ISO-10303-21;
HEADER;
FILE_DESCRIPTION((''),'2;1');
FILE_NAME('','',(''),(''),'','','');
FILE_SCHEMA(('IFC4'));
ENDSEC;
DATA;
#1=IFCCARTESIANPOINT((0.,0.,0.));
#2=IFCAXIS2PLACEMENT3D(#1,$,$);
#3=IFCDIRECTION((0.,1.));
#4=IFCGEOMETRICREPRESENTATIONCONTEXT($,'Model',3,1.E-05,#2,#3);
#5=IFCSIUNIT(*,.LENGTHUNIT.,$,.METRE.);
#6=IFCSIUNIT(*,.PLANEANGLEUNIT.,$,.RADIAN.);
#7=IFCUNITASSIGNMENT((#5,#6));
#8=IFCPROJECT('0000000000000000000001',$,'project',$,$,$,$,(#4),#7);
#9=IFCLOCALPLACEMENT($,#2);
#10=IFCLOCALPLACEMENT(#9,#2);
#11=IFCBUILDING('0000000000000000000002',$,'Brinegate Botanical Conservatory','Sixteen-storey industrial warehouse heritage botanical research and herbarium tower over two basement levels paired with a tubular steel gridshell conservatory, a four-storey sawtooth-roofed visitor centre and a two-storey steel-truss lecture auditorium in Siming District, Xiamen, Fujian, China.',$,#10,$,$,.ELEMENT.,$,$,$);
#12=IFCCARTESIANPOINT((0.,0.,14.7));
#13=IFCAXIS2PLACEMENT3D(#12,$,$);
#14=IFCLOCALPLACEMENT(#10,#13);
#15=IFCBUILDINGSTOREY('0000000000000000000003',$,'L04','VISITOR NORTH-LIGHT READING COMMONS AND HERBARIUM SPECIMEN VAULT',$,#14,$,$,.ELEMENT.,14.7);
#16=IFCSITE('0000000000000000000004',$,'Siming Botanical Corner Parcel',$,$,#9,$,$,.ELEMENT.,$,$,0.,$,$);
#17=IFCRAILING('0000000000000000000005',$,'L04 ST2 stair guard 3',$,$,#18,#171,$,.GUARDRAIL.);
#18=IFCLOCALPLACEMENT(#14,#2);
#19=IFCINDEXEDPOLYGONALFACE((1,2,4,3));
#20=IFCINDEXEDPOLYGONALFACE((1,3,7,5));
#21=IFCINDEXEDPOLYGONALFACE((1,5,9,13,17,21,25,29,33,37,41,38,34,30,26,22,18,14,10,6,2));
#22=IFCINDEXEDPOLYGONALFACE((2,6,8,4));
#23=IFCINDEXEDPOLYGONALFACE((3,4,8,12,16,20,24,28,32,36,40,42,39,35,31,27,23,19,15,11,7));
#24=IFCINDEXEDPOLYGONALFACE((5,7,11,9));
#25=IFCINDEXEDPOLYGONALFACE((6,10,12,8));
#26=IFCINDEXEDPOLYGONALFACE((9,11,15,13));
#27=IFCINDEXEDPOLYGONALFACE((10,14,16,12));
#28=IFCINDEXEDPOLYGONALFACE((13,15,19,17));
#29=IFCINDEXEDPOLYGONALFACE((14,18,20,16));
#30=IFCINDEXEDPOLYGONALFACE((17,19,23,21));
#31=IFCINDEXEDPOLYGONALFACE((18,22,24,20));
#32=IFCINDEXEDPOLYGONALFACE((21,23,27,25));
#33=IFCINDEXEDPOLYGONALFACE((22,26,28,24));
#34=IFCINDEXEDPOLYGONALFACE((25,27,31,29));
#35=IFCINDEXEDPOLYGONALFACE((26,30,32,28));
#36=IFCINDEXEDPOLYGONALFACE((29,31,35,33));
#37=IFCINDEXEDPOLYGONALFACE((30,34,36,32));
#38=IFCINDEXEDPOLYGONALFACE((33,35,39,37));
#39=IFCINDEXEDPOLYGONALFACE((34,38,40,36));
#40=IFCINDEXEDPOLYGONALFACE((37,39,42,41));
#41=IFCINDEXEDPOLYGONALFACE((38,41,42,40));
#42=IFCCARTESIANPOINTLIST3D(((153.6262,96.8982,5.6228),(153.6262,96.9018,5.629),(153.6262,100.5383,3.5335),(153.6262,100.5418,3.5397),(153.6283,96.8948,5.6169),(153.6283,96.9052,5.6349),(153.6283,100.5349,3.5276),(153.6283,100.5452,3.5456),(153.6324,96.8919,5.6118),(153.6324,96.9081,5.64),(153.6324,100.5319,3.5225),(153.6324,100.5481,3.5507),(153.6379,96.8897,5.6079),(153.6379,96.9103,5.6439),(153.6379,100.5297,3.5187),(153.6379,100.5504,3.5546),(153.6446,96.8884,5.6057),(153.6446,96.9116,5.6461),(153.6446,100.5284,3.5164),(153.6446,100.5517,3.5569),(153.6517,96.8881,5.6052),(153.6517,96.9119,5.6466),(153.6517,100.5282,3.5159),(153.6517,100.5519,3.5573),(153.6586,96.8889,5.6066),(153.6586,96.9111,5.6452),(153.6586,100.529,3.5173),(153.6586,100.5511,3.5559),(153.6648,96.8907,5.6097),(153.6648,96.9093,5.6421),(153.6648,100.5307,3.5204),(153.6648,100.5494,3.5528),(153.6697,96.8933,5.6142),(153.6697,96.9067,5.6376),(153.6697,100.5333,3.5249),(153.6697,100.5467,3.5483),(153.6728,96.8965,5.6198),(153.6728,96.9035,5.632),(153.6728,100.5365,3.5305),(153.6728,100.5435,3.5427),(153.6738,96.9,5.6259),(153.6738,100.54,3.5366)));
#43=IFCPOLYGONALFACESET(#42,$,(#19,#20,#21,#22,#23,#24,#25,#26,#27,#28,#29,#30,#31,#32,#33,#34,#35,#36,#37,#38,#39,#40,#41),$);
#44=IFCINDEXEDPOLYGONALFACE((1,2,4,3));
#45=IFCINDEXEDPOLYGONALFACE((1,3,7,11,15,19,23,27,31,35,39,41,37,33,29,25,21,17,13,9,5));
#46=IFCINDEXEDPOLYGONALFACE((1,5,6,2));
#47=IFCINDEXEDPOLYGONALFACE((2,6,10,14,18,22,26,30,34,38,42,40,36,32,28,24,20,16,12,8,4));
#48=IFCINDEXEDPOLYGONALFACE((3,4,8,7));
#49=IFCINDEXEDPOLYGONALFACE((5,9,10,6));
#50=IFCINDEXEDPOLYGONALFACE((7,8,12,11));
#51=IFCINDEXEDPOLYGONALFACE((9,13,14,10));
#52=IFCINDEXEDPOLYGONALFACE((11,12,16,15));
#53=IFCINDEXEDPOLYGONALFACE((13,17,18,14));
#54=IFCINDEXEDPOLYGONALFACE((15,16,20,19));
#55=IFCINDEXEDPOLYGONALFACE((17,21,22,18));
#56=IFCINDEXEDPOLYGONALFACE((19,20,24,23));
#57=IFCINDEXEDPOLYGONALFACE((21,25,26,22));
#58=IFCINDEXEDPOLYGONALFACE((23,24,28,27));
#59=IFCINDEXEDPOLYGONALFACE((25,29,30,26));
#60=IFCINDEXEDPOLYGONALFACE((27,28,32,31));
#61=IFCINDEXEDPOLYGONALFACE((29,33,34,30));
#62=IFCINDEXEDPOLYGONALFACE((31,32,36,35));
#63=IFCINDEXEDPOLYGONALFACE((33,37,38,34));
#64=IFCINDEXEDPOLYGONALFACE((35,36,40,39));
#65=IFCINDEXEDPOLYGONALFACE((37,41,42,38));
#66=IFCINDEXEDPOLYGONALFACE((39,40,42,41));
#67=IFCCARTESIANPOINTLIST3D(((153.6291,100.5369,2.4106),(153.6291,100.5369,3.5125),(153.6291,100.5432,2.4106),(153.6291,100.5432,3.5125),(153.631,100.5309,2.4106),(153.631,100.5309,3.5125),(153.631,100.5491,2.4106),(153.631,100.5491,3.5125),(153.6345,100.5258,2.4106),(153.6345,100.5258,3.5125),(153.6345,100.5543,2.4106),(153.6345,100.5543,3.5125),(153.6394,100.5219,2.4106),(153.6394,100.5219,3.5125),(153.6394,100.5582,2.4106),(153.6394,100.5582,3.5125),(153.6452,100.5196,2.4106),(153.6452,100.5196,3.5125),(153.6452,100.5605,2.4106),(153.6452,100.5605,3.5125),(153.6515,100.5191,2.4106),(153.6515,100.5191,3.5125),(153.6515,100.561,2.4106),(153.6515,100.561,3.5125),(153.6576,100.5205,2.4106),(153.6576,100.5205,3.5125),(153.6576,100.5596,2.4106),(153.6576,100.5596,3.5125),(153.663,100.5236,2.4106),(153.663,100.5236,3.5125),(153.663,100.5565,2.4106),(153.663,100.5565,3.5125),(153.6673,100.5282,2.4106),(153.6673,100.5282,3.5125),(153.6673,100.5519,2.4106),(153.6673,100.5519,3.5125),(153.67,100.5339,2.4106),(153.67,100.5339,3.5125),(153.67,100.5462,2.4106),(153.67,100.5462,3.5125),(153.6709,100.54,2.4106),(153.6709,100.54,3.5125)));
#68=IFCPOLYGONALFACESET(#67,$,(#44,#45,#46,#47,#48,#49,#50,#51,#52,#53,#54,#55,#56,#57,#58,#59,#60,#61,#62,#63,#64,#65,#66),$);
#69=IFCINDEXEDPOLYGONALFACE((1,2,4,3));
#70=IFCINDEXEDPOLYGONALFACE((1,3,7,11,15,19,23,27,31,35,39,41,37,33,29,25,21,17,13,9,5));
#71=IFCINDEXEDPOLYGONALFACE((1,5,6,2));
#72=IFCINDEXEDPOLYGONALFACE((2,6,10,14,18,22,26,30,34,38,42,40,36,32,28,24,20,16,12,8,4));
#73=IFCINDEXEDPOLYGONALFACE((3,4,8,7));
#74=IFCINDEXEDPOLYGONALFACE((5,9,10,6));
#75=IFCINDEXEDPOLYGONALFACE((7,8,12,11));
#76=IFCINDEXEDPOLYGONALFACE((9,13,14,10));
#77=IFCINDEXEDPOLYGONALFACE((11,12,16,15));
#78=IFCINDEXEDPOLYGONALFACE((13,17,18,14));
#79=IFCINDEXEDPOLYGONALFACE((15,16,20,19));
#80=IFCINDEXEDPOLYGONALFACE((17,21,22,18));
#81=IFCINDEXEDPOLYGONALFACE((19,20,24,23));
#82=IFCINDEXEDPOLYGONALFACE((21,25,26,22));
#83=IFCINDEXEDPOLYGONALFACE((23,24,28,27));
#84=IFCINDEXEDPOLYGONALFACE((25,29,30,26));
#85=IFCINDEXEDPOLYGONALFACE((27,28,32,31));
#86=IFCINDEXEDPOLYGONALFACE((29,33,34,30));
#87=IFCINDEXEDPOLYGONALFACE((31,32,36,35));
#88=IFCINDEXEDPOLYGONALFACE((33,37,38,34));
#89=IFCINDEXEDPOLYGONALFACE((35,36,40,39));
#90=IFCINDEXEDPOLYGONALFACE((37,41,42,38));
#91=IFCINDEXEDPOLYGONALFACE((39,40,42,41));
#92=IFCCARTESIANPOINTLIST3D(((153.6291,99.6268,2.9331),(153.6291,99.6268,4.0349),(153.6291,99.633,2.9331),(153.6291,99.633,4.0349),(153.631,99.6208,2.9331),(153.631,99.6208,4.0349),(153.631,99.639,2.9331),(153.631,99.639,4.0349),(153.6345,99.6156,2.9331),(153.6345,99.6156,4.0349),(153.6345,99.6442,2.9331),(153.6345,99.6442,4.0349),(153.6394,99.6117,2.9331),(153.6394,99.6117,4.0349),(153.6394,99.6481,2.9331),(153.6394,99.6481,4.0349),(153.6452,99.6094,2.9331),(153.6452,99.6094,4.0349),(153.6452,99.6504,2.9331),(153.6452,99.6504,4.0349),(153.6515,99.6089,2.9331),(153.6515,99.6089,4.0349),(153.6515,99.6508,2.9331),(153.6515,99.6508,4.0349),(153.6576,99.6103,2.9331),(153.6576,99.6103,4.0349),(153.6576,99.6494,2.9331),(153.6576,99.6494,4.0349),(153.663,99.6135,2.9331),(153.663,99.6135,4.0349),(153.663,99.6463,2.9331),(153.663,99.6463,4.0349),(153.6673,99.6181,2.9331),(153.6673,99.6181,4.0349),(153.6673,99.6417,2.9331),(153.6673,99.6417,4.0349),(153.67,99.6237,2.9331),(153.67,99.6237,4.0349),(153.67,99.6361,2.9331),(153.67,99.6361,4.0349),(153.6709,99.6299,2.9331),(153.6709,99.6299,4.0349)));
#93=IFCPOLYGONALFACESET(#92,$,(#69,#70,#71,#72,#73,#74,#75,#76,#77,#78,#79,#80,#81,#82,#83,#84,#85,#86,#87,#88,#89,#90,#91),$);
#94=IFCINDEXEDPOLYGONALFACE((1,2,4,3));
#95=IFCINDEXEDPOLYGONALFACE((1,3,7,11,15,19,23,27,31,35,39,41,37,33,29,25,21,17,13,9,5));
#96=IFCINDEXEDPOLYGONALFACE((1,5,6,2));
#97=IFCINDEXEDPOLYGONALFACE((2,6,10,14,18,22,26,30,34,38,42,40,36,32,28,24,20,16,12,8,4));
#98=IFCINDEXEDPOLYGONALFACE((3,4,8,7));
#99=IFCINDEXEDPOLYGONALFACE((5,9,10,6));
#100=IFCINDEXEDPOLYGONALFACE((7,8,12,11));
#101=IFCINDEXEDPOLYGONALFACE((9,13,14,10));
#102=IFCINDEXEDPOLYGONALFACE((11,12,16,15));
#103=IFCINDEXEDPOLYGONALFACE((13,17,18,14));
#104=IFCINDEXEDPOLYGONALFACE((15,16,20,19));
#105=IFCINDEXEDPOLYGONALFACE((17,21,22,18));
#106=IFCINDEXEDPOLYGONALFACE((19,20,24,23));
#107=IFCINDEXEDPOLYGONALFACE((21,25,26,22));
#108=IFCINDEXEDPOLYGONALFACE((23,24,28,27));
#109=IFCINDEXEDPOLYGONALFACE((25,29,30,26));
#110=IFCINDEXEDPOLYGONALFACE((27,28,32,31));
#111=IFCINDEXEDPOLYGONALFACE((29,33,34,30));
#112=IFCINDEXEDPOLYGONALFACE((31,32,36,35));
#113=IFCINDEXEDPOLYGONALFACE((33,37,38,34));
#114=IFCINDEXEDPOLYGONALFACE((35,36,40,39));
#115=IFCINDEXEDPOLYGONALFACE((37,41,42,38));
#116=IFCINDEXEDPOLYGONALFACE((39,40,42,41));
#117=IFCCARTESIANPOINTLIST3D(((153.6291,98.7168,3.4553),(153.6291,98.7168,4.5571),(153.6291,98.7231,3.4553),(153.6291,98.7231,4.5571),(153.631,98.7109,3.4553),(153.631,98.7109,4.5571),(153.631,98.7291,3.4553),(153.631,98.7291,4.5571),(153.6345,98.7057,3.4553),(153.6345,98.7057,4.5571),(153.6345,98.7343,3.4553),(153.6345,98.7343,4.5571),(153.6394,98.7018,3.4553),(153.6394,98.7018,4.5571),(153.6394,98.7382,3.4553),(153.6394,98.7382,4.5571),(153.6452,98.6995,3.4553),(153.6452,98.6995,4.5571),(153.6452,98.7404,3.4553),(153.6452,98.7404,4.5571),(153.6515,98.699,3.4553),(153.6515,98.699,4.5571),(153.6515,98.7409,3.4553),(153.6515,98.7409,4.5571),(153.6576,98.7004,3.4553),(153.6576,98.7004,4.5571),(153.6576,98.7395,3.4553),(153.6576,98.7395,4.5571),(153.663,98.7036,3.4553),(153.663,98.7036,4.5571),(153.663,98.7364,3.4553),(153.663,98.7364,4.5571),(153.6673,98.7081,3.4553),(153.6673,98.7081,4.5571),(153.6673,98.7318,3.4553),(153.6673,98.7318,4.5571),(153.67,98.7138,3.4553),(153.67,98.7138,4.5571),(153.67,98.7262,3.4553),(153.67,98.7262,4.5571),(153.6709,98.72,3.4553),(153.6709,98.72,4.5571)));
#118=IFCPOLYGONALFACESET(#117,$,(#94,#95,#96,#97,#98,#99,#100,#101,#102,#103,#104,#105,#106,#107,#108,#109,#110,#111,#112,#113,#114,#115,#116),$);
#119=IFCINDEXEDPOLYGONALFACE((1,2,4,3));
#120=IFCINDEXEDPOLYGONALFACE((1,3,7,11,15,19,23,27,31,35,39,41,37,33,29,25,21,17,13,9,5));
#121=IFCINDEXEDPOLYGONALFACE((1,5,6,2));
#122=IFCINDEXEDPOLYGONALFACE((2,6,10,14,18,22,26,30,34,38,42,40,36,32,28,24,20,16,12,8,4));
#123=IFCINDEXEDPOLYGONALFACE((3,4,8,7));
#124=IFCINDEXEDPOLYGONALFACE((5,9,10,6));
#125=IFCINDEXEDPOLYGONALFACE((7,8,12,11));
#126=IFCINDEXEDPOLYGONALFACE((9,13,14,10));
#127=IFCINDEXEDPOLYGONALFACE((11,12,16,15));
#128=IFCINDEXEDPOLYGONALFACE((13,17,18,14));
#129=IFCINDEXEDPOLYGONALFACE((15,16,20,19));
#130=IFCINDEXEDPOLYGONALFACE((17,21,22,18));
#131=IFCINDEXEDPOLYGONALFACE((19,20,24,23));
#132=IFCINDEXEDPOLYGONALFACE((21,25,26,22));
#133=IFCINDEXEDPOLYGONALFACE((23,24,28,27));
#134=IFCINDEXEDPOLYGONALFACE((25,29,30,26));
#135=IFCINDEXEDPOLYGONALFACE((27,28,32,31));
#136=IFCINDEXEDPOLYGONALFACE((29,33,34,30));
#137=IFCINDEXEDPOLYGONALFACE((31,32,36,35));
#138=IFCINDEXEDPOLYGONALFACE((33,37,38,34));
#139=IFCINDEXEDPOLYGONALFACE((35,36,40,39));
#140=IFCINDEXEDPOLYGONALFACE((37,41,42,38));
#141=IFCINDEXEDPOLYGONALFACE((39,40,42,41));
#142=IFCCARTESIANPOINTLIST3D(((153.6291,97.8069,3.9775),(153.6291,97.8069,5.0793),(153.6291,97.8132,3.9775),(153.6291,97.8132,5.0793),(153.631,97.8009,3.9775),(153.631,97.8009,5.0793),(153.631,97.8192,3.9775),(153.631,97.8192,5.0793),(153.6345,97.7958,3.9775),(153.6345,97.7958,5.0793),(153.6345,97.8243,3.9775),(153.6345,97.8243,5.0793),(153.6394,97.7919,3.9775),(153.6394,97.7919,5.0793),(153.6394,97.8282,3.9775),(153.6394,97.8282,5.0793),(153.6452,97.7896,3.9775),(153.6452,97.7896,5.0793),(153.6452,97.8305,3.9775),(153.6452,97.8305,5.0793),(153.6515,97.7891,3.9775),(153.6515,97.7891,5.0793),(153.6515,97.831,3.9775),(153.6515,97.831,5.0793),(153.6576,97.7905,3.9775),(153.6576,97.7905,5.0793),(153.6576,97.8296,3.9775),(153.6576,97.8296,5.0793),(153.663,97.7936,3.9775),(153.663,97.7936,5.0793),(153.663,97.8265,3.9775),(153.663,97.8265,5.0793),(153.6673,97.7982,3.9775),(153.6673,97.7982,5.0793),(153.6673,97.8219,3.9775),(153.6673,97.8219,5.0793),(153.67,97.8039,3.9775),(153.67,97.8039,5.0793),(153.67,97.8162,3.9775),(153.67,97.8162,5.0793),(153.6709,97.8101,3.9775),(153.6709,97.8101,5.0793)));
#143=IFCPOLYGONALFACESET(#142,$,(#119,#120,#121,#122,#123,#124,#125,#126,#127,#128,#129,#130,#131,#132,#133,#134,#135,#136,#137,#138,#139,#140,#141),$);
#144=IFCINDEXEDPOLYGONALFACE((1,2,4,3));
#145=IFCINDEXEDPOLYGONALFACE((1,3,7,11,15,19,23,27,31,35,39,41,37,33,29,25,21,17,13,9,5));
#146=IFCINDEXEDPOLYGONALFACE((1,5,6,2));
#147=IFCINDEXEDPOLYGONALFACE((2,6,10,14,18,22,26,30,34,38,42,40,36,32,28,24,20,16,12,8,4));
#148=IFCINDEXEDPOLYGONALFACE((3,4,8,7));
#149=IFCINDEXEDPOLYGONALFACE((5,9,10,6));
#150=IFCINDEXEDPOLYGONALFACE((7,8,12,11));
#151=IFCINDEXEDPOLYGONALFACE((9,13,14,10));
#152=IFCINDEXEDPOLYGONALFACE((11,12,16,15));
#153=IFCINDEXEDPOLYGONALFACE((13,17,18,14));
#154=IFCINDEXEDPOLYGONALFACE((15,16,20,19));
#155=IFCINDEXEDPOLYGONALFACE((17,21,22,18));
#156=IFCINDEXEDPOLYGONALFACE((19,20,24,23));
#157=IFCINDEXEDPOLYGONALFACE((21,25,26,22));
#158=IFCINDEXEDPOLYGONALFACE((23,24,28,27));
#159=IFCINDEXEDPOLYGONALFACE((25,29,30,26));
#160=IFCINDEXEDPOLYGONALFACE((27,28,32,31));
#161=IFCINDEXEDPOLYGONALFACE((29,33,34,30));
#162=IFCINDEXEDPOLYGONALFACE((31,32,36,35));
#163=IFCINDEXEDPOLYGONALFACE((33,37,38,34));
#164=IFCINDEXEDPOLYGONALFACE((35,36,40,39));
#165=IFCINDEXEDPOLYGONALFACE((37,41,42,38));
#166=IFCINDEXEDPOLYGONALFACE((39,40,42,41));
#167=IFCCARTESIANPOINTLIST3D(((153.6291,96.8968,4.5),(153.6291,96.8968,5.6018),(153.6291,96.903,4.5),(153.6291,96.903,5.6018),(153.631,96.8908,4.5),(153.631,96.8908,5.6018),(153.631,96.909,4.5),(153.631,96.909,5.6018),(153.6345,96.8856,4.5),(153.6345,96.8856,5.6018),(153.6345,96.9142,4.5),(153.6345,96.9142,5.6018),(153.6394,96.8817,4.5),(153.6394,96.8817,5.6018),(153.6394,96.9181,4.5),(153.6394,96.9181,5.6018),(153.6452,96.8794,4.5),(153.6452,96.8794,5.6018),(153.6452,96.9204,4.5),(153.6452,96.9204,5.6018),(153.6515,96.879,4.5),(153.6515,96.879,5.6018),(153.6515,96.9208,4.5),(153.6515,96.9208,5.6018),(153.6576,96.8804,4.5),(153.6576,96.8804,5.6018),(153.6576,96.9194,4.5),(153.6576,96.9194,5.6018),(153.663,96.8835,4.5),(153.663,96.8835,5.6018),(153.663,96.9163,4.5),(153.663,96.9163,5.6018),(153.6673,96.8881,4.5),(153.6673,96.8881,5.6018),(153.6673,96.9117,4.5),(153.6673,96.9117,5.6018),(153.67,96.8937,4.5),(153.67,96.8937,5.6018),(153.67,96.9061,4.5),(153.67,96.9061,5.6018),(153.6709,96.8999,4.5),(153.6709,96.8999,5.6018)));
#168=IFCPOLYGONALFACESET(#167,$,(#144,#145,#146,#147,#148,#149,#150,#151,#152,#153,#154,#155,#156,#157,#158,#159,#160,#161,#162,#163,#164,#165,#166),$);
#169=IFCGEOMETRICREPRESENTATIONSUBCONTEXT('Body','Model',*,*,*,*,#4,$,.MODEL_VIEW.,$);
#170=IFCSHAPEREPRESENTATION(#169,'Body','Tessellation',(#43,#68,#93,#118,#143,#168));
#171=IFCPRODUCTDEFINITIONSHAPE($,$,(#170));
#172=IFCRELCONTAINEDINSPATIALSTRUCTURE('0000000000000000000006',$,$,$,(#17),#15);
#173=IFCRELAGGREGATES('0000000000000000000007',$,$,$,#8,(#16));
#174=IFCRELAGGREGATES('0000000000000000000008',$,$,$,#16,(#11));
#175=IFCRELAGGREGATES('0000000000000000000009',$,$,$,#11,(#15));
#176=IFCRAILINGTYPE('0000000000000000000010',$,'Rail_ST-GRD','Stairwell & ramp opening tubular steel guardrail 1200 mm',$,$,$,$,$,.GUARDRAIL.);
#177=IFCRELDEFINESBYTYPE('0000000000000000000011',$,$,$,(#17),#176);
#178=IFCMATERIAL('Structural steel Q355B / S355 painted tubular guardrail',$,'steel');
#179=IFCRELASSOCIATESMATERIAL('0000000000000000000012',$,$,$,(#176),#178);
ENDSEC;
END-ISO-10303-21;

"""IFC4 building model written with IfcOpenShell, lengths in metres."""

from ifc_helpers import new_model, si_unit, direction, frame, origin, origin_2d, place, context, subcontext, project, spatial, circle, extrude, material, type_object, element, save


model = new_model("IFC4")

# Units and contexts
model_context = context("Model", 3, precision=1e-05, world=origin(), true_north=direction((0.0, 1.0)))
body_context = subcontext(model_context, "Body", "Model", "MODEL_VIEW")
ifc_project = project(units=[si_unit("LENGTHUNIT", "METRE"), si_unit("PLANEANGLEUNIT", "RADIAN")], contexts=[model_context])

# Site, building, storey
site_placement = place(None, origin())
site = spatial("IfcSite", under=ifc_project, at=site_placement, Name="Siming Botanical Corner Parcel", CompositionType="ELEMENT", RefElevation=0.0)
building_placement = place(site_placement, origin())
building = spatial("IfcBuilding", under=site, at=building_placement, Name="Brinegate Botanical Conservatory", Description="Sixteen-storey industrial warehouse heritage botanical research and herbarium tower over two basement levels paired with a tubular steel gridshell conservatory, a four-storey sawtooth-roofed visitor centre and a two-storey steel-truss lecture auditorium in Siming District, Xiamen, Fujian, China.", CompositionType="ELEMENT")
storey_placement = place(building_placement, frame((0.0, 0.0, 14.7)))
storey = spatial("IfcBuildingStorey", under=building, at=storey_placement, Name="L04", Description="VISITOR NORTH-LIGHT READING COMMONS AND HERBARIUM SPECIMEN VAULT", CompositionType="ELEMENT", Elevation=14.7)

# Railing
ifc_material_1 = material(Name="Structural steel Q355B / S355 painted tubular guardrail", Category="steel")
railing_type_1 = type_object("IfcRailingType", Name="Rail_ST-GRD", Description="Stairwell & ramp opening tubular steel guardrail 1200 mm", PredefinedType="GUARDRAIL", material=ifc_material_1)
railing_1_placement = place(storey_placement, frame((153.6499, 100.54, 2.4106)))
element("IfcRailing", 1, at=railing_1_placement, inside=storey, type_object=railing_type_1, Name="L04 ST2 stair guard 3", PredefinedType="GUARDRAIL", context=body_context, shape_type="SweptSolid", body=[
    extrude(circle(Radius=0.0239, at=origin_2d()), frame((0.0, 0.0, 1.126), z_axis=(0.0, -0.867289, 0.497804), x_axis=(1.0, 0.0, 0.0)), (0.0, 0.0, 1.0), 4.197),
    extrude(circle(Radius=0.021, at=origin_2d()), origin(), (0.0, 0.0, 1.0), 1.1018),
    extrude(circle(Radius=0.021, at=origin_2d()), frame((0.0, -0.9102, 0.5225)), (0.0, 0.0, 1.0), 1.1018),
    extrude(circle(Radius=0.021, at=origin_2d()), frame((0.0, -1.8201, 1.0447)), (0.0, 0.0, 1.0), 1.1018),
    extrude(circle(Radius=0.021, at=origin_2d()), frame((0.0, -2.73, 1.5669)), (0.0, 0.0, 1.0), 1.1018),
    extrude(circle(Radius=0.021, at=origin_2d()), frame((0.0, -3.6401, 2.0894)), (0.0, 0.0, 1.0), 1.1018),
])

save(model, "model.ifc")
